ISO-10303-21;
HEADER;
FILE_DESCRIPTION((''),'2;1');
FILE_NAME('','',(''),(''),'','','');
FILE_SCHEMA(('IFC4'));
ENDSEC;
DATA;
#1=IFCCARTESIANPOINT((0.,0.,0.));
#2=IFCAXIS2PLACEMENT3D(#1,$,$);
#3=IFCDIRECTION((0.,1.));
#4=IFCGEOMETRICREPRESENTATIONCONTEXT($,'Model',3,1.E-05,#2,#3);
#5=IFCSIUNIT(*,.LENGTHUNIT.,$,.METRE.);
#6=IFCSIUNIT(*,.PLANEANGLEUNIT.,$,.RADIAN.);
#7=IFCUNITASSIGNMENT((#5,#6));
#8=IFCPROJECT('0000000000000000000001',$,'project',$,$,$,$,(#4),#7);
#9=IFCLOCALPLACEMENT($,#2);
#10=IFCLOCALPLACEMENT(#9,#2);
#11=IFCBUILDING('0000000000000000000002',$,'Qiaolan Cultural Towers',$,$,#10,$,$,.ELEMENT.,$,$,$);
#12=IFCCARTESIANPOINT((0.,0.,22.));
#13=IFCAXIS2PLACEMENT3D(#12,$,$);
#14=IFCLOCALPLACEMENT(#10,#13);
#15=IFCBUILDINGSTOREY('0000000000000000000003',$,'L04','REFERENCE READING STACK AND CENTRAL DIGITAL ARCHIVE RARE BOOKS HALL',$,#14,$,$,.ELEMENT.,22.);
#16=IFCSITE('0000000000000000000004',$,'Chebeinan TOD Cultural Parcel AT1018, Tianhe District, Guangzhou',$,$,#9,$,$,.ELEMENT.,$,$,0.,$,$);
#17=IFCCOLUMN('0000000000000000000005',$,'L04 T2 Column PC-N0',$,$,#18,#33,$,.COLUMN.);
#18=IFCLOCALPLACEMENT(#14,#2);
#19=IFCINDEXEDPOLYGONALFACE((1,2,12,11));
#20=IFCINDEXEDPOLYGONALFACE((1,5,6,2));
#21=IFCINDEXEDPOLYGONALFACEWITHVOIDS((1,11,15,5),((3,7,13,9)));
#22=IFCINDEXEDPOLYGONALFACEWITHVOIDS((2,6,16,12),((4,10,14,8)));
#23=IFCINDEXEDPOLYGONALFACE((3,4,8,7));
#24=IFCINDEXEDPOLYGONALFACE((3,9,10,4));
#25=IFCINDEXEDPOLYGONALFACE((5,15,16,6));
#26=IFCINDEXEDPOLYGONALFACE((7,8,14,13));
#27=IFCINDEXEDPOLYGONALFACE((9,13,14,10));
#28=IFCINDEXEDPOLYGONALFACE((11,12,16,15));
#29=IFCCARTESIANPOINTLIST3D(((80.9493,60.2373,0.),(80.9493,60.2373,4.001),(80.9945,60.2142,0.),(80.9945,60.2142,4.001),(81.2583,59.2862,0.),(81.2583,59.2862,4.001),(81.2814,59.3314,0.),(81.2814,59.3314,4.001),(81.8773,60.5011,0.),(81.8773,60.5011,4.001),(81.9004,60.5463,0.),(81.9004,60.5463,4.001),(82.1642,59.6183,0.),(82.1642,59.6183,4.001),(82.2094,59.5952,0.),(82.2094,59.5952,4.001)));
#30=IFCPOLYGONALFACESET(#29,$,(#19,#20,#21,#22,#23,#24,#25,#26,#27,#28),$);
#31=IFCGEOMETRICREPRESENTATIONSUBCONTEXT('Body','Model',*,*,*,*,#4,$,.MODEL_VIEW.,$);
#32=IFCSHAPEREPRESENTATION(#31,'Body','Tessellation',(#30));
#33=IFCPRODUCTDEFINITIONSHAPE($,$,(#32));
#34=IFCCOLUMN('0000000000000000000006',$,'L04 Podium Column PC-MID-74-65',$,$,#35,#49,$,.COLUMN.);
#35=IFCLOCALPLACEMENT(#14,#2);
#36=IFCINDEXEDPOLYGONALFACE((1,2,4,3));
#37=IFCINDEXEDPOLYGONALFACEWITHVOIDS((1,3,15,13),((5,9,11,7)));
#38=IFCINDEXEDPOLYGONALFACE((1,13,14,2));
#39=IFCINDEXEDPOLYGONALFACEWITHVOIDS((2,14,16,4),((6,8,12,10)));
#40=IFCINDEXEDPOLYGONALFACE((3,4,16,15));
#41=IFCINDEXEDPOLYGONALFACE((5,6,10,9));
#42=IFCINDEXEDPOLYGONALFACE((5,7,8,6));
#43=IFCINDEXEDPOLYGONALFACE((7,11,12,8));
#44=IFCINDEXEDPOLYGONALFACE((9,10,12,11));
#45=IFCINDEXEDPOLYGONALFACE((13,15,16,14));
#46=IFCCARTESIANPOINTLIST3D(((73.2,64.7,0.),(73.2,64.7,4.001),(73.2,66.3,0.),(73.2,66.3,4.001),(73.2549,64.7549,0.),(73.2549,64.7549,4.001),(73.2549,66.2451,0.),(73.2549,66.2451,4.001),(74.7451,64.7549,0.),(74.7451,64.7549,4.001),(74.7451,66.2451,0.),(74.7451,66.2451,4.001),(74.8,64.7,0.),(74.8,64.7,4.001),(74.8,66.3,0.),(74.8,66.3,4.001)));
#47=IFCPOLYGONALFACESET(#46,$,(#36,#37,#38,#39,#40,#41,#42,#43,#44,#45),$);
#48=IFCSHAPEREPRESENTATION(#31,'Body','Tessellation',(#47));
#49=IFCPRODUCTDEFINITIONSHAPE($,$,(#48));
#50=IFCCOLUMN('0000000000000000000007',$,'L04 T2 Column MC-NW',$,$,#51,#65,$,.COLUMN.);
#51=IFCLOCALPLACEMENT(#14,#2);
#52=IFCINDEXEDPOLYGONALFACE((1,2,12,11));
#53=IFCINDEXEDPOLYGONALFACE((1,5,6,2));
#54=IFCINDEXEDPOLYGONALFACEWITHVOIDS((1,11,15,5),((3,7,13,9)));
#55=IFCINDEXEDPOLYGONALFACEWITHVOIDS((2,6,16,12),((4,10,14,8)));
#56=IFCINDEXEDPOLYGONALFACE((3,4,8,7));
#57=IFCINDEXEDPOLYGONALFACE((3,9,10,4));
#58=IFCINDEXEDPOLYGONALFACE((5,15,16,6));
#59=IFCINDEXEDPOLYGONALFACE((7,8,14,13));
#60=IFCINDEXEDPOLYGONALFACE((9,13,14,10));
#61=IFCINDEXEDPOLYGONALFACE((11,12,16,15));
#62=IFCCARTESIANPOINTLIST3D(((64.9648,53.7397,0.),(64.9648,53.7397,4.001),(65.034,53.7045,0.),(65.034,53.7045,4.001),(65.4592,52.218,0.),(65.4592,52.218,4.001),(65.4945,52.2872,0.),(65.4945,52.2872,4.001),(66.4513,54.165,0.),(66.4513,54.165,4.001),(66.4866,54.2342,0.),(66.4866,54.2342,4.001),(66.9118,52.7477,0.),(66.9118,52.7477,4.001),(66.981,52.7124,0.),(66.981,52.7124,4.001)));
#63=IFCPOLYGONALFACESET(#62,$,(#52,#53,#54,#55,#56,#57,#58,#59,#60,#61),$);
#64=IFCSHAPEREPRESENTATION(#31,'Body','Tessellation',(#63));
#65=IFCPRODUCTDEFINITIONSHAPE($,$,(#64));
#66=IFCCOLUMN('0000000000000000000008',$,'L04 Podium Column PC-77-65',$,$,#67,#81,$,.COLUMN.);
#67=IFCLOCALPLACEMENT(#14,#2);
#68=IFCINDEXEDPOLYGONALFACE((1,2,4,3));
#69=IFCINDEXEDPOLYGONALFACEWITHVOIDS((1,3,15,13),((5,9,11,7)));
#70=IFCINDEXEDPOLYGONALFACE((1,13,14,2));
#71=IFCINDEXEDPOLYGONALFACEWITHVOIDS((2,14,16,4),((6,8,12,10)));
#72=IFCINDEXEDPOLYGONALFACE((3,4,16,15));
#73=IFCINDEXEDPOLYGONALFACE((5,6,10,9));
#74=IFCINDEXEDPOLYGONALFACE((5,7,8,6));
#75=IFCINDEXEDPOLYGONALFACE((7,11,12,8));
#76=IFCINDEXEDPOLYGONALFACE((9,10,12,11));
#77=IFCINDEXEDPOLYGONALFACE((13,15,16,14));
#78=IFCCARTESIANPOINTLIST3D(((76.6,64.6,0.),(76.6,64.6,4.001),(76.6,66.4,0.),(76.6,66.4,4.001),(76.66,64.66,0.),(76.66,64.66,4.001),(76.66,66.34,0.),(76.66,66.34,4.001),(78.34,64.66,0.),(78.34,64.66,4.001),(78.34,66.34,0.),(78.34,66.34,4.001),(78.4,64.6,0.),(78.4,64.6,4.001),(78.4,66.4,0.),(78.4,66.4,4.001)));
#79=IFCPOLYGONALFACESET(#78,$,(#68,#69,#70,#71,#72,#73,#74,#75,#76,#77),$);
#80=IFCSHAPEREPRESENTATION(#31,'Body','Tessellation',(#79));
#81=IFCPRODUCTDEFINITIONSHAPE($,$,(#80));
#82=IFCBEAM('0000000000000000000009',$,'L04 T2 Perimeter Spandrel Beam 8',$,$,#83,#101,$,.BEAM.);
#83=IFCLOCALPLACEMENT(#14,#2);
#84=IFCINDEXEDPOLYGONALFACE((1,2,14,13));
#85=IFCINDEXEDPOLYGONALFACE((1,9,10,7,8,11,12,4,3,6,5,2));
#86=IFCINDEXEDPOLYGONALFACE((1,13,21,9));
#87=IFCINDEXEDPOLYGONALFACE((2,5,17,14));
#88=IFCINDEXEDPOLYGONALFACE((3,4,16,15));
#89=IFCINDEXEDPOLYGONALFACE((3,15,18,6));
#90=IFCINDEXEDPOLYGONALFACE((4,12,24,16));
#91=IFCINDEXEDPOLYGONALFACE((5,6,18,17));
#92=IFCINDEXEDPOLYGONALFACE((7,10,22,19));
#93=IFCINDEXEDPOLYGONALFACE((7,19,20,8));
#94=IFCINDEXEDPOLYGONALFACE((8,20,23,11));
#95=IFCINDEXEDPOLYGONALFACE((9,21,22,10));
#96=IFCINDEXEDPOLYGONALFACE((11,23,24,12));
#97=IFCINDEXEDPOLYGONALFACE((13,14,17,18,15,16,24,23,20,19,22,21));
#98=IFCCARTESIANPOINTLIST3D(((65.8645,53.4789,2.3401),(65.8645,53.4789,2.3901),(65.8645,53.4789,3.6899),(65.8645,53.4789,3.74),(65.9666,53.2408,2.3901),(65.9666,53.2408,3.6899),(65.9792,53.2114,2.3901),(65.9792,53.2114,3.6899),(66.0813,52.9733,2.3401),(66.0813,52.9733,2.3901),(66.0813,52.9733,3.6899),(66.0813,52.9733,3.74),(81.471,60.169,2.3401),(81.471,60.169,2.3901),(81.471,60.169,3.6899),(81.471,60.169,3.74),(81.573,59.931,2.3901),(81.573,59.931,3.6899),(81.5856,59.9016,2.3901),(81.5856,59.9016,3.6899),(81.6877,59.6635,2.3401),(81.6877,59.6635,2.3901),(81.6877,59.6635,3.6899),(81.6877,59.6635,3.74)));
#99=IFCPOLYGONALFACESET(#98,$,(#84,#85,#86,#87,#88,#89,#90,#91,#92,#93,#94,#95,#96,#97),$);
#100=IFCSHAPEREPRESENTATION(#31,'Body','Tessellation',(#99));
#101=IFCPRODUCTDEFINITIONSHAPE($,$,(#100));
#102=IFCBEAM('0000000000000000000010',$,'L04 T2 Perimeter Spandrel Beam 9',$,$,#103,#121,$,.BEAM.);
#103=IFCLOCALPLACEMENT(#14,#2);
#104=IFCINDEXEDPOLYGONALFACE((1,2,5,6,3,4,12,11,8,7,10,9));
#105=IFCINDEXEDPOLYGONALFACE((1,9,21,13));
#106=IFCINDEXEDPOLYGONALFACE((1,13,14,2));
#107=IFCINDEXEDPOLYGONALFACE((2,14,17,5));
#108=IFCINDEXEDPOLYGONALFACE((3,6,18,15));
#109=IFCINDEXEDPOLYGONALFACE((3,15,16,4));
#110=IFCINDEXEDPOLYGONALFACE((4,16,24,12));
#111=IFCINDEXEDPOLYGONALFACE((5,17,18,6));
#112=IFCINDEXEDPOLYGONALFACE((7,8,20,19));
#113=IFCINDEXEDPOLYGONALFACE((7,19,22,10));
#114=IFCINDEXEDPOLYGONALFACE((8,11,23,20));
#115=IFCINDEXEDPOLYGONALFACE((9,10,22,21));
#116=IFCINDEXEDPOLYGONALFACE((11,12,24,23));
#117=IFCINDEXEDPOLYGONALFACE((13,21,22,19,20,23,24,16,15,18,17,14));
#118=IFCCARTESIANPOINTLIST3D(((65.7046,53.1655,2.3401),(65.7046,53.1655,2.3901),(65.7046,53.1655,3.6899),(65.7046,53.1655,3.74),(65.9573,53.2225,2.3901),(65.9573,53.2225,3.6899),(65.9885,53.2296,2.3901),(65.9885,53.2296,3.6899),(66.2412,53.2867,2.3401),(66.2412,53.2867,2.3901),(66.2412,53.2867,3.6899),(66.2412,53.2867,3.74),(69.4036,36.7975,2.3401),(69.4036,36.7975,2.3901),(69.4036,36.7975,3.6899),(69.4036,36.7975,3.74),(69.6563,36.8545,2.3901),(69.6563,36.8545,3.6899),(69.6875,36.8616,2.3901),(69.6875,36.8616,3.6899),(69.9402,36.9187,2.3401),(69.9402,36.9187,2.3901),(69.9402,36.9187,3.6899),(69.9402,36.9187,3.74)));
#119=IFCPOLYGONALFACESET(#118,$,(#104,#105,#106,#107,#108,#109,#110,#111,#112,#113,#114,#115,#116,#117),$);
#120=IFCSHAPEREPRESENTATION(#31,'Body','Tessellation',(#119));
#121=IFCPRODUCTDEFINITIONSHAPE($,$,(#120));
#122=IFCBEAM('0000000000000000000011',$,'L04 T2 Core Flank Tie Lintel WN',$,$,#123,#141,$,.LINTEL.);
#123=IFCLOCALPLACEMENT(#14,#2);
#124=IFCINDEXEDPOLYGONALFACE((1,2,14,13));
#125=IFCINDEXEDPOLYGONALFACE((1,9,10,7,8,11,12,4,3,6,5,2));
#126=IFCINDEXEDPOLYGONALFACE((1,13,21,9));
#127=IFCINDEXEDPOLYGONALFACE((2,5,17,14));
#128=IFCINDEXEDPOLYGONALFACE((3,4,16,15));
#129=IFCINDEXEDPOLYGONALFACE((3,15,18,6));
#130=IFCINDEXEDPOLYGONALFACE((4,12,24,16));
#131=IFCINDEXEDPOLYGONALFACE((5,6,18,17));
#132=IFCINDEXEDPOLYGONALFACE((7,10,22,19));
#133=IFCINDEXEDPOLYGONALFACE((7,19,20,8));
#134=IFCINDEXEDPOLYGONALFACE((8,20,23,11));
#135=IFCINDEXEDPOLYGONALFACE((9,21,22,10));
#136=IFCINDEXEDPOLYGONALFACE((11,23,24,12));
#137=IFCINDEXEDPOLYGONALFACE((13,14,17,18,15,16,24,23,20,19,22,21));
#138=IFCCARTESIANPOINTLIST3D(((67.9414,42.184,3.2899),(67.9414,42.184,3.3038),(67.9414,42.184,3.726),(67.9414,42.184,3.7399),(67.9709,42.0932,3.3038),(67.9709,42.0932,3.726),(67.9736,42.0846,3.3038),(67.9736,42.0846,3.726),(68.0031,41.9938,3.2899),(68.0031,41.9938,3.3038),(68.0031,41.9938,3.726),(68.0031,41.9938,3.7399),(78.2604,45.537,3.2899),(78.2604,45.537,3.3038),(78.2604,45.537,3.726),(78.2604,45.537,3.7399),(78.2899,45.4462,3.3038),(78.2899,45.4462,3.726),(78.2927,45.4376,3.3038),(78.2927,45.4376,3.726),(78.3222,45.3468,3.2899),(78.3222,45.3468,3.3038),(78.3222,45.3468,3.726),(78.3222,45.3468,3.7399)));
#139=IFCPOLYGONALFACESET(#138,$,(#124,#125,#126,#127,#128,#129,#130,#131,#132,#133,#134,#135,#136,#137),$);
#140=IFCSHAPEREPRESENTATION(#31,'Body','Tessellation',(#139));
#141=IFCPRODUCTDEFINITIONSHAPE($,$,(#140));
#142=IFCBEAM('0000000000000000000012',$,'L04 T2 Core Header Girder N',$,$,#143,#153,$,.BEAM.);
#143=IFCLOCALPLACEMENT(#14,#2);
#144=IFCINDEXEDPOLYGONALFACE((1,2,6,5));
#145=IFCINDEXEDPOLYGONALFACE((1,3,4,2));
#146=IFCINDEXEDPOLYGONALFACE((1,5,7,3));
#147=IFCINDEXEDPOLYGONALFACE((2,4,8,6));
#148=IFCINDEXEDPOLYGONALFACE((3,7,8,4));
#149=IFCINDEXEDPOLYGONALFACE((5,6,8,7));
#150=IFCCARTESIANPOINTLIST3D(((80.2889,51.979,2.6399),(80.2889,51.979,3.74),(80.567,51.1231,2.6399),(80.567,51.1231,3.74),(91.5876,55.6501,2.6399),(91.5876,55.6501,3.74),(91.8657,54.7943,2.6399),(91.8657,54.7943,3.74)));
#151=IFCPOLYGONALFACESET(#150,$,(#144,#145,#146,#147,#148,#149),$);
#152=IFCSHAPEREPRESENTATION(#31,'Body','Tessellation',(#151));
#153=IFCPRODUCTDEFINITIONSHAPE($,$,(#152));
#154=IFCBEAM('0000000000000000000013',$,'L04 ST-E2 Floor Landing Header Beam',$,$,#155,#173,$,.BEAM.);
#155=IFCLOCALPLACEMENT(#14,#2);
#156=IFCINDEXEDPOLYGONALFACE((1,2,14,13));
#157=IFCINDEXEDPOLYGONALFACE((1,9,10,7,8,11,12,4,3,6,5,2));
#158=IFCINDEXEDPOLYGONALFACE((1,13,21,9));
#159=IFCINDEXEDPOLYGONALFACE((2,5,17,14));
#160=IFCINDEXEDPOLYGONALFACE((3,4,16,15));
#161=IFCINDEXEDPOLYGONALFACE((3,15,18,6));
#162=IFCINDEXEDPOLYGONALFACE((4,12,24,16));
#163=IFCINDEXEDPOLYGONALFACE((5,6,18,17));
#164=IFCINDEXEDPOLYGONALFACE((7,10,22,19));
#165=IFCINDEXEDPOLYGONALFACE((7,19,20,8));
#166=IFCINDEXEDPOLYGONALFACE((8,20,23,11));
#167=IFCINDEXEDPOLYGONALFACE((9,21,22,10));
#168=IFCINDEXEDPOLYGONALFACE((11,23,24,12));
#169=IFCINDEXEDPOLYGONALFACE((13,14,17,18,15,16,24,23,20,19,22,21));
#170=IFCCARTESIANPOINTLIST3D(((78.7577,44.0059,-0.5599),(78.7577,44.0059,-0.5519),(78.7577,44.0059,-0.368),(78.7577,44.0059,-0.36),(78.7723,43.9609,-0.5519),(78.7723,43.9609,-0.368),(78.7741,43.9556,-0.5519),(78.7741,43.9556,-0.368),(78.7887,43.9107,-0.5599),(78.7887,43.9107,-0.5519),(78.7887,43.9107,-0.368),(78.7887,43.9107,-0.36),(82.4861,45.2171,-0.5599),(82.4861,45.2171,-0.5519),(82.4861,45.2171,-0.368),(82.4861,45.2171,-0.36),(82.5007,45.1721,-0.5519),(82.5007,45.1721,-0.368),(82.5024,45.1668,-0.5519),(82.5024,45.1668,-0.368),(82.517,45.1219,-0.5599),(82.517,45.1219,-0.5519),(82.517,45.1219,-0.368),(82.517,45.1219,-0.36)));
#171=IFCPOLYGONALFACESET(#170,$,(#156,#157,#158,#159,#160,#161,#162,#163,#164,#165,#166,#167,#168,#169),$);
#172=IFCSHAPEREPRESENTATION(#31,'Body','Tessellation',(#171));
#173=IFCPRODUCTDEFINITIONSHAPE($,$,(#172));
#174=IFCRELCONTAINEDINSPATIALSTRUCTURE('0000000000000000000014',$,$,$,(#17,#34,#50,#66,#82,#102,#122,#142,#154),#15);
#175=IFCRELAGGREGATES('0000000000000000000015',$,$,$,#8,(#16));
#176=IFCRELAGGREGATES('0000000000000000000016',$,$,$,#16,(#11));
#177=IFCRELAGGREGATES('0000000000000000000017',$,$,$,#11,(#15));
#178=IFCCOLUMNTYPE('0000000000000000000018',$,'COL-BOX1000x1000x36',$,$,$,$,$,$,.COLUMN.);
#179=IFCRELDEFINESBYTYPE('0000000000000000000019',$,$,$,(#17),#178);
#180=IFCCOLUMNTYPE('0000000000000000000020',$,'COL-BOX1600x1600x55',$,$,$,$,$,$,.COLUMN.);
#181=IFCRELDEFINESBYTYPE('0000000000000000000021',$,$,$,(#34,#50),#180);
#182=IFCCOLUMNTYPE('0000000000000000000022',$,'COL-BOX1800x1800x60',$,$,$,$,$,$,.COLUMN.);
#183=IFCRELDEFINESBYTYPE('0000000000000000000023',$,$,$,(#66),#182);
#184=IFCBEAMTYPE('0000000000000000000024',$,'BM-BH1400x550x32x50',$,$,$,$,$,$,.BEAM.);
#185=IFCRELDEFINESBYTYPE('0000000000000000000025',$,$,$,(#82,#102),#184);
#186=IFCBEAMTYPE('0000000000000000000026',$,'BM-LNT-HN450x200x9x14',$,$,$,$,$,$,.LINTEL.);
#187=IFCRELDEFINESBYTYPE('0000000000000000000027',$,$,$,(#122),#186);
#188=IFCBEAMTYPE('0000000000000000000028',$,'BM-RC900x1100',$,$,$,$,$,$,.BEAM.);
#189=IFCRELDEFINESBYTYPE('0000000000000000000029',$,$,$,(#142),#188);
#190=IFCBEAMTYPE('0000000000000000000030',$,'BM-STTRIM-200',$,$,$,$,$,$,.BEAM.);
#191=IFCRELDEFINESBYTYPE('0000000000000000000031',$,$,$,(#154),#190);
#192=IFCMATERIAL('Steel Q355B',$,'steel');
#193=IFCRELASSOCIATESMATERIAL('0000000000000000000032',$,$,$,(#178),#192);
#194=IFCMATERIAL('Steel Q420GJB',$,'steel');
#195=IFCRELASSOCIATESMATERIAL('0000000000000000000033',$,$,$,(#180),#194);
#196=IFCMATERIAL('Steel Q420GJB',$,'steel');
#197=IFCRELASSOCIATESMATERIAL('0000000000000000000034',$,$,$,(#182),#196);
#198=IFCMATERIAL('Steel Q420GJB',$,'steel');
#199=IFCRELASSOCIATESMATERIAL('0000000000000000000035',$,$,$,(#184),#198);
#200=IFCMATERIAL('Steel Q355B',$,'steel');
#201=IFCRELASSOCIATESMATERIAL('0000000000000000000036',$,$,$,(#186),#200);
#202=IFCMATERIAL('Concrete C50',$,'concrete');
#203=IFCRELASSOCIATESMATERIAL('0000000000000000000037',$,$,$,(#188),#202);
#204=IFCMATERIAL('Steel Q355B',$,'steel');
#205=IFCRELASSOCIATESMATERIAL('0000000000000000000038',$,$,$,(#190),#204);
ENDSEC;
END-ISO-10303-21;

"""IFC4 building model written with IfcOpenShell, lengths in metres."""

from ifc_helpers import new_model, si_unit, direction, frame, origin, origin_2d, place, context, subcontext, project, spatial, rectangle, hollow_rectangle, i_section, extrude, material, material_profile, profile_set, type_object, element, save


model = new_model("IFC4")

# Units and contexts
model_context = context("Model", 3, precision=1e-05, world=origin(), true_north=direction((0.0, 1.0)))
body_context = subcontext(model_context, "Body", "Model", "MODEL_VIEW")
ifc_project = project(units=[si_unit("LENGTHUNIT", "METRE"), si_unit("PLANEANGLEUNIT", "RADIAN")], contexts=[model_context])

# Site, building, storey
site_placement = place(None, origin())
site = spatial("IfcSite", under=ifc_project, at=site_placement, Name="Chebeinan TOD Cultural Parcel AT1018, Tianhe District, Guangzhou", CompositionType="ELEMENT", RefElevation=0.0)
building_placement = place(site_placement, origin())
building = spatial("IfcBuilding", under=site, at=building_placement, Name="Qiaolan Cultural Towers", CompositionType="ELEMENT")
storey_placement = place(building_placement, frame((0.0, 0.0, 22.0)))
storey = spatial("IfcBuildingStorey", under=building, at=storey_placement, Name="L04", Description="REFERENCE READING STACK AND CENTRAL DIGITAL ARCHIVE RARE BOOKS HALL", CompositionType="ELEMENT", Elevation=22.0)

# Columns
ifc_material_1 = material(Name="Steel Q355B", Category="steel")
ifc_material_profile_1 = material_profile(ifc_material_1, hollow_rectangle(XDim=1.0, YDim=1.0, WallThickness=0.0359, at=origin_2d()), Name="BOX1000x1000x36")
ifc_profile_set_1 = profile_set([ifc_material_profile_1], Name="Steel Q355B")
column_type_1 = type_object("IfcColumnType", Name="COL-BOX1000x1000x36", PredefinedType="COLUMN", material=ifc_profile_set_1)
column_1_placement = place(storey_placement, frame((81.5793, 59.9163, 0.0), z_axis=(0.0, 0.0, 1.0), x_axis=(0.951057, 0.309017, 0.0)))
element("IfcColumn", 1, at=column_1_placement, inside=storey, type_object=column_type_1, Name="L04 T2 Column PC-N0", PredefinedType="COLUMN", context=body_context, shape_type="SweptSolid", body=[
    extrude(hollow_rectangle(XDim=1.0, YDim=1.0, WallThickness=0.0359, at=origin_2d()), origin(), (0.0, 0.0, 1.0), 4.001),
])
ifc_material_2 = material(Name="Steel Q420GJB", Category="steel")
ifc_material_profile_2 = material_profile(ifc_material_2, hollow_rectangle(XDim=1.6001, YDim=1.6001, WallThickness=0.0549, at=origin_2d()), Name="BOX1600x1600x55")
ifc_profile_set_2 = profile_set([ifc_material_profile_2], Name="Steel Q420GJB")
column_type_2 = type_object("IfcColumnType", Name="COL-BOX1600x1600x55", PredefinedType="COLUMN", material=ifc_profile_set_2)
for number, where, z_axis, x_axis, name in (
    (2, (74.0, 65.5, 0.0), (0.0, 0.0, 1.0), (1.0, 0.0, 0.0), "L04 Podium Column PC-MID-74-65"),
    (3, (65.9729, 53.2261, 0.0), (0.0, 0.0, 1.0), (0.951057, 0.309017, 0.0), "L04 T2 Column MC-NW"),
):
    element("IfcColumn", number, at=place(storey_placement, frame(where, z_axis=z_axis, x_axis=x_axis)), inside=storey, type_object=column_type_2, Name=name, PredefinedType="COLUMN", context=body_context, shape_type="SweptSolid", body=[
        extrude(hollow_rectangle(XDim=1.6001, YDim=1.6001, WallThickness=0.0549, at=origin_2d()), origin(), (0.0, 0.0, 1.0), 4.001),
    ])
ifc_material_3 = material(Name="Steel Q420GJB", Category="steel")
ifc_material_profile_3 = material_profile(ifc_material_3, hollow_rectangle(XDim=1.8, YDim=1.8, WallThickness=0.0601, at=origin_2d()), Name="BOX1800x1800x60")
ifc_profile_set_3 = profile_set([ifc_material_profile_3], Name="Steel Q420GJB")
column_type_3 = type_object("IfcColumnType", Name="COL-BOX1800x1800x60", PredefinedType="COLUMN", material=ifc_profile_set_3)
column_2_placement = place(storey_placement, frame((77.5, 65.5, 0.0), z_axis=(0.0, 0.0, 1.0), x_axis=(1.0, 0.0, 0.0)))
element("IfcColumn", 4, at=column_2_placement, inside=storey, type_object=column_type_3, Name="L04 Podium Column PC-77-65", PredefinedType="COLUMN", context=body_context, shape_type="SweptSolid", body=[
    extrude(hollow_rectangle(XDim=1.8, YDim=1.8, WallThickness=0.0601, at=origin_2d()), origin(), (0.0, 0.0, 1.0), 4.001),
])

# Beams
ifc_material_4 = material(Name="Steel Q420GJB", Category="steel")
ifc_material_profile_4 = material_profile(ifc_material_4, i_section(OverallWidth=0.55, OverallDepth=1.3999, WebThickness=0.032, FlangeThickness=0.05, at=origin_2d()), Name="BH1400x550x32x50")
ifc_profile_set_4 = profile_set([ifc_material_profile_4], Name="Steel Q420GJB")
beam_type_1 = type_object("IfcBeamType", Name="BM-BH1400x550x32x50", PredefinedType="BEAM", material=ifc_profile_set_4)
beam_1_placement = place(storey_placement, frame((81.5793, 59.9163, 3.04), z_axis=(-0.919109, -0.394004, 0.0), x_axis=(0.394004, -0.919109, 0.0)))
element("IfcBeam", 5, at=beam_1_placement, inside=storey, type_object=beam_type_1, Name="L04 T2 Perimeter Spandrel Beam 8", PredefinedType="BEAM", context=body_context, shape_type="SweptSolid", body=[
    extrude(i_section(OverallWidth=0.55, OverallDepth=1.3999, WebThickness=0.032, FlangeThickness=0.05, at=origin_2d()), origin(), (0.0, 0.0, 1.0), 16.98),
])
beam_2_placement = place(storey_placement, frame((65.9729, 53.2261, 3.04), z_axis=(0.220431, -0.975403, 0.0), x_axis=(0.975403, 0.220431, 0.0)))
element("IfcBeam", 6, at=beam_2_placement, inside=storey, type_object=beam_type_1, Name="L04 T2 Perimeter Spandrel Beam 9", PredefinedType="BEAM", context=body_context, shape_type="SweptSolid", body=[
    extrude(i_section(OverallWidth=0.55, OverallDepth=1.3999, WebThickness=0.032, FlangeThickness=0.05, at=origin_2d()), origin(), (0.0, 0.0, 1.0), 16.7808),
])
ifc_material_5 = material(Name="Steel Q355B", Category="steel")
ifc_material_profile_5 = material_profile(ifc_material_5, i_section(OverallWidth=0.2, OverallDepth=0.45, WebThickness=0.009, FlangeThickness=0.0139, at=origin_2d()), Name="HN450x200x9x14")
ifc_profile_set_5 = profile_set([ifc_material_profile_5], Name="Steel Q355B")
beam_type_2 = type_object("IfcBeamType", Name="BM-LNT-HN450x200x9x14", PredefinedType="LINTEL", material=ifc_profile_set_5)
beam_3_placement = place(storey_placement, frame((78.2913, 45.4419, 3.5149), z_axis=(-0.951052, -0.30903, 0.0), x_axis=(0.30903, -0.951052, 0.0)))
element("IfcBeam", 7, at=beam_3_placement, inside=storey, type_object=beam_type_2, Name="L04 T2 Core Flank Tie Lintel WN", PredefinedType="LINTEL", context=body_context, shape_type="SweptSolid", body=[
    extrude(i_section(OverallWidth=0.2, OverallDepth=0.45, WebThickness=0.009, FlangeThickness=0.0139, at=origin_2d()), origin(), (0.0, 0.0, 1.0), 10.8501),
])
ifc_material_6 = material(Name="Concrete C50", Category="concrete")
ifc_material_profile_6 = material_profile(ifc_material_6, rectangle(XDim=0.8999, YDim=1.1001, at=origin_2d()), Name="RC900x1100")
ifc_profile_set_6 = profile_set([ifc_material_profile_6], Name="Concrete C50")
beam_type_3 = type_object("IfcBeamType", Name="BM-RC900x1100", PredefinedType="BEAM", material=ifc_profile_set_6)
beam_4_placement = place(storey_placement, frame((80.428, 51.551, 3.1899), z_axis=(0.951056, 0.309018, 0.0), x_axis=(-0.309018, 0.951056, 0.0)))
element("IfcBeam", 8, at=beam_4_placement, inside=storey, type_object=beam_type_3, Name="L04 T2 Core Header Girder N", PredefinedType="BEAM", context=body_context, shape_type="SweptSolid", body=[
    extrude(rectangle(XDim=0.8999, YDim=1.1001, at=origin_2d()), origin(), (0.0, 0.0, 1.0), 11.8801),
])
ifc_material_7 = material(Name="Steel Q355B", Category="steel")
ifc_material_profile_7 = material_profile(ifc_material_7, i_section(OverallWidth=0.1001, OverallDepth=0.2, WebThickness=0.0056, FlangeThickness=0.0081, at=origin_2d()), Name="HN200x100x5.5x8")
ifc_profile_set_7 = profile_set([ifc_material_profile_7], Name="Steel Q355B")
beam_type_4 = type_object("IfcBeamType", Name="BM-STTRIM-200", PredefinedType="BEAM", material=ifc_profile_set_7)
beam_5_placement = place(storey_placement, frame((78.7732, 43.9583, -0.46), z_axis=(0.951072, 0.308969, 0.0), x_axis=(-0.308969, 0.951072, 0.0)))
element("IfcBeam", 9, at=beam_5_placement, inside=storey, type_object=beam_type_4, Name="L04 ST-E2 Floor Landing Header Beam", PredefinedType="BEAM", context=body_context, shape_type="SweptSolid", body=[
    extrude(i_section(OverallWidth=0.1001, OverallDepth=0.2, WebThickness=0.0056, FlangeThickness=0.0081, at=origin_2d()), origin(), (0.0, 0.0, 1.0), 3.9202),
])

save(model, "model.ifc")
